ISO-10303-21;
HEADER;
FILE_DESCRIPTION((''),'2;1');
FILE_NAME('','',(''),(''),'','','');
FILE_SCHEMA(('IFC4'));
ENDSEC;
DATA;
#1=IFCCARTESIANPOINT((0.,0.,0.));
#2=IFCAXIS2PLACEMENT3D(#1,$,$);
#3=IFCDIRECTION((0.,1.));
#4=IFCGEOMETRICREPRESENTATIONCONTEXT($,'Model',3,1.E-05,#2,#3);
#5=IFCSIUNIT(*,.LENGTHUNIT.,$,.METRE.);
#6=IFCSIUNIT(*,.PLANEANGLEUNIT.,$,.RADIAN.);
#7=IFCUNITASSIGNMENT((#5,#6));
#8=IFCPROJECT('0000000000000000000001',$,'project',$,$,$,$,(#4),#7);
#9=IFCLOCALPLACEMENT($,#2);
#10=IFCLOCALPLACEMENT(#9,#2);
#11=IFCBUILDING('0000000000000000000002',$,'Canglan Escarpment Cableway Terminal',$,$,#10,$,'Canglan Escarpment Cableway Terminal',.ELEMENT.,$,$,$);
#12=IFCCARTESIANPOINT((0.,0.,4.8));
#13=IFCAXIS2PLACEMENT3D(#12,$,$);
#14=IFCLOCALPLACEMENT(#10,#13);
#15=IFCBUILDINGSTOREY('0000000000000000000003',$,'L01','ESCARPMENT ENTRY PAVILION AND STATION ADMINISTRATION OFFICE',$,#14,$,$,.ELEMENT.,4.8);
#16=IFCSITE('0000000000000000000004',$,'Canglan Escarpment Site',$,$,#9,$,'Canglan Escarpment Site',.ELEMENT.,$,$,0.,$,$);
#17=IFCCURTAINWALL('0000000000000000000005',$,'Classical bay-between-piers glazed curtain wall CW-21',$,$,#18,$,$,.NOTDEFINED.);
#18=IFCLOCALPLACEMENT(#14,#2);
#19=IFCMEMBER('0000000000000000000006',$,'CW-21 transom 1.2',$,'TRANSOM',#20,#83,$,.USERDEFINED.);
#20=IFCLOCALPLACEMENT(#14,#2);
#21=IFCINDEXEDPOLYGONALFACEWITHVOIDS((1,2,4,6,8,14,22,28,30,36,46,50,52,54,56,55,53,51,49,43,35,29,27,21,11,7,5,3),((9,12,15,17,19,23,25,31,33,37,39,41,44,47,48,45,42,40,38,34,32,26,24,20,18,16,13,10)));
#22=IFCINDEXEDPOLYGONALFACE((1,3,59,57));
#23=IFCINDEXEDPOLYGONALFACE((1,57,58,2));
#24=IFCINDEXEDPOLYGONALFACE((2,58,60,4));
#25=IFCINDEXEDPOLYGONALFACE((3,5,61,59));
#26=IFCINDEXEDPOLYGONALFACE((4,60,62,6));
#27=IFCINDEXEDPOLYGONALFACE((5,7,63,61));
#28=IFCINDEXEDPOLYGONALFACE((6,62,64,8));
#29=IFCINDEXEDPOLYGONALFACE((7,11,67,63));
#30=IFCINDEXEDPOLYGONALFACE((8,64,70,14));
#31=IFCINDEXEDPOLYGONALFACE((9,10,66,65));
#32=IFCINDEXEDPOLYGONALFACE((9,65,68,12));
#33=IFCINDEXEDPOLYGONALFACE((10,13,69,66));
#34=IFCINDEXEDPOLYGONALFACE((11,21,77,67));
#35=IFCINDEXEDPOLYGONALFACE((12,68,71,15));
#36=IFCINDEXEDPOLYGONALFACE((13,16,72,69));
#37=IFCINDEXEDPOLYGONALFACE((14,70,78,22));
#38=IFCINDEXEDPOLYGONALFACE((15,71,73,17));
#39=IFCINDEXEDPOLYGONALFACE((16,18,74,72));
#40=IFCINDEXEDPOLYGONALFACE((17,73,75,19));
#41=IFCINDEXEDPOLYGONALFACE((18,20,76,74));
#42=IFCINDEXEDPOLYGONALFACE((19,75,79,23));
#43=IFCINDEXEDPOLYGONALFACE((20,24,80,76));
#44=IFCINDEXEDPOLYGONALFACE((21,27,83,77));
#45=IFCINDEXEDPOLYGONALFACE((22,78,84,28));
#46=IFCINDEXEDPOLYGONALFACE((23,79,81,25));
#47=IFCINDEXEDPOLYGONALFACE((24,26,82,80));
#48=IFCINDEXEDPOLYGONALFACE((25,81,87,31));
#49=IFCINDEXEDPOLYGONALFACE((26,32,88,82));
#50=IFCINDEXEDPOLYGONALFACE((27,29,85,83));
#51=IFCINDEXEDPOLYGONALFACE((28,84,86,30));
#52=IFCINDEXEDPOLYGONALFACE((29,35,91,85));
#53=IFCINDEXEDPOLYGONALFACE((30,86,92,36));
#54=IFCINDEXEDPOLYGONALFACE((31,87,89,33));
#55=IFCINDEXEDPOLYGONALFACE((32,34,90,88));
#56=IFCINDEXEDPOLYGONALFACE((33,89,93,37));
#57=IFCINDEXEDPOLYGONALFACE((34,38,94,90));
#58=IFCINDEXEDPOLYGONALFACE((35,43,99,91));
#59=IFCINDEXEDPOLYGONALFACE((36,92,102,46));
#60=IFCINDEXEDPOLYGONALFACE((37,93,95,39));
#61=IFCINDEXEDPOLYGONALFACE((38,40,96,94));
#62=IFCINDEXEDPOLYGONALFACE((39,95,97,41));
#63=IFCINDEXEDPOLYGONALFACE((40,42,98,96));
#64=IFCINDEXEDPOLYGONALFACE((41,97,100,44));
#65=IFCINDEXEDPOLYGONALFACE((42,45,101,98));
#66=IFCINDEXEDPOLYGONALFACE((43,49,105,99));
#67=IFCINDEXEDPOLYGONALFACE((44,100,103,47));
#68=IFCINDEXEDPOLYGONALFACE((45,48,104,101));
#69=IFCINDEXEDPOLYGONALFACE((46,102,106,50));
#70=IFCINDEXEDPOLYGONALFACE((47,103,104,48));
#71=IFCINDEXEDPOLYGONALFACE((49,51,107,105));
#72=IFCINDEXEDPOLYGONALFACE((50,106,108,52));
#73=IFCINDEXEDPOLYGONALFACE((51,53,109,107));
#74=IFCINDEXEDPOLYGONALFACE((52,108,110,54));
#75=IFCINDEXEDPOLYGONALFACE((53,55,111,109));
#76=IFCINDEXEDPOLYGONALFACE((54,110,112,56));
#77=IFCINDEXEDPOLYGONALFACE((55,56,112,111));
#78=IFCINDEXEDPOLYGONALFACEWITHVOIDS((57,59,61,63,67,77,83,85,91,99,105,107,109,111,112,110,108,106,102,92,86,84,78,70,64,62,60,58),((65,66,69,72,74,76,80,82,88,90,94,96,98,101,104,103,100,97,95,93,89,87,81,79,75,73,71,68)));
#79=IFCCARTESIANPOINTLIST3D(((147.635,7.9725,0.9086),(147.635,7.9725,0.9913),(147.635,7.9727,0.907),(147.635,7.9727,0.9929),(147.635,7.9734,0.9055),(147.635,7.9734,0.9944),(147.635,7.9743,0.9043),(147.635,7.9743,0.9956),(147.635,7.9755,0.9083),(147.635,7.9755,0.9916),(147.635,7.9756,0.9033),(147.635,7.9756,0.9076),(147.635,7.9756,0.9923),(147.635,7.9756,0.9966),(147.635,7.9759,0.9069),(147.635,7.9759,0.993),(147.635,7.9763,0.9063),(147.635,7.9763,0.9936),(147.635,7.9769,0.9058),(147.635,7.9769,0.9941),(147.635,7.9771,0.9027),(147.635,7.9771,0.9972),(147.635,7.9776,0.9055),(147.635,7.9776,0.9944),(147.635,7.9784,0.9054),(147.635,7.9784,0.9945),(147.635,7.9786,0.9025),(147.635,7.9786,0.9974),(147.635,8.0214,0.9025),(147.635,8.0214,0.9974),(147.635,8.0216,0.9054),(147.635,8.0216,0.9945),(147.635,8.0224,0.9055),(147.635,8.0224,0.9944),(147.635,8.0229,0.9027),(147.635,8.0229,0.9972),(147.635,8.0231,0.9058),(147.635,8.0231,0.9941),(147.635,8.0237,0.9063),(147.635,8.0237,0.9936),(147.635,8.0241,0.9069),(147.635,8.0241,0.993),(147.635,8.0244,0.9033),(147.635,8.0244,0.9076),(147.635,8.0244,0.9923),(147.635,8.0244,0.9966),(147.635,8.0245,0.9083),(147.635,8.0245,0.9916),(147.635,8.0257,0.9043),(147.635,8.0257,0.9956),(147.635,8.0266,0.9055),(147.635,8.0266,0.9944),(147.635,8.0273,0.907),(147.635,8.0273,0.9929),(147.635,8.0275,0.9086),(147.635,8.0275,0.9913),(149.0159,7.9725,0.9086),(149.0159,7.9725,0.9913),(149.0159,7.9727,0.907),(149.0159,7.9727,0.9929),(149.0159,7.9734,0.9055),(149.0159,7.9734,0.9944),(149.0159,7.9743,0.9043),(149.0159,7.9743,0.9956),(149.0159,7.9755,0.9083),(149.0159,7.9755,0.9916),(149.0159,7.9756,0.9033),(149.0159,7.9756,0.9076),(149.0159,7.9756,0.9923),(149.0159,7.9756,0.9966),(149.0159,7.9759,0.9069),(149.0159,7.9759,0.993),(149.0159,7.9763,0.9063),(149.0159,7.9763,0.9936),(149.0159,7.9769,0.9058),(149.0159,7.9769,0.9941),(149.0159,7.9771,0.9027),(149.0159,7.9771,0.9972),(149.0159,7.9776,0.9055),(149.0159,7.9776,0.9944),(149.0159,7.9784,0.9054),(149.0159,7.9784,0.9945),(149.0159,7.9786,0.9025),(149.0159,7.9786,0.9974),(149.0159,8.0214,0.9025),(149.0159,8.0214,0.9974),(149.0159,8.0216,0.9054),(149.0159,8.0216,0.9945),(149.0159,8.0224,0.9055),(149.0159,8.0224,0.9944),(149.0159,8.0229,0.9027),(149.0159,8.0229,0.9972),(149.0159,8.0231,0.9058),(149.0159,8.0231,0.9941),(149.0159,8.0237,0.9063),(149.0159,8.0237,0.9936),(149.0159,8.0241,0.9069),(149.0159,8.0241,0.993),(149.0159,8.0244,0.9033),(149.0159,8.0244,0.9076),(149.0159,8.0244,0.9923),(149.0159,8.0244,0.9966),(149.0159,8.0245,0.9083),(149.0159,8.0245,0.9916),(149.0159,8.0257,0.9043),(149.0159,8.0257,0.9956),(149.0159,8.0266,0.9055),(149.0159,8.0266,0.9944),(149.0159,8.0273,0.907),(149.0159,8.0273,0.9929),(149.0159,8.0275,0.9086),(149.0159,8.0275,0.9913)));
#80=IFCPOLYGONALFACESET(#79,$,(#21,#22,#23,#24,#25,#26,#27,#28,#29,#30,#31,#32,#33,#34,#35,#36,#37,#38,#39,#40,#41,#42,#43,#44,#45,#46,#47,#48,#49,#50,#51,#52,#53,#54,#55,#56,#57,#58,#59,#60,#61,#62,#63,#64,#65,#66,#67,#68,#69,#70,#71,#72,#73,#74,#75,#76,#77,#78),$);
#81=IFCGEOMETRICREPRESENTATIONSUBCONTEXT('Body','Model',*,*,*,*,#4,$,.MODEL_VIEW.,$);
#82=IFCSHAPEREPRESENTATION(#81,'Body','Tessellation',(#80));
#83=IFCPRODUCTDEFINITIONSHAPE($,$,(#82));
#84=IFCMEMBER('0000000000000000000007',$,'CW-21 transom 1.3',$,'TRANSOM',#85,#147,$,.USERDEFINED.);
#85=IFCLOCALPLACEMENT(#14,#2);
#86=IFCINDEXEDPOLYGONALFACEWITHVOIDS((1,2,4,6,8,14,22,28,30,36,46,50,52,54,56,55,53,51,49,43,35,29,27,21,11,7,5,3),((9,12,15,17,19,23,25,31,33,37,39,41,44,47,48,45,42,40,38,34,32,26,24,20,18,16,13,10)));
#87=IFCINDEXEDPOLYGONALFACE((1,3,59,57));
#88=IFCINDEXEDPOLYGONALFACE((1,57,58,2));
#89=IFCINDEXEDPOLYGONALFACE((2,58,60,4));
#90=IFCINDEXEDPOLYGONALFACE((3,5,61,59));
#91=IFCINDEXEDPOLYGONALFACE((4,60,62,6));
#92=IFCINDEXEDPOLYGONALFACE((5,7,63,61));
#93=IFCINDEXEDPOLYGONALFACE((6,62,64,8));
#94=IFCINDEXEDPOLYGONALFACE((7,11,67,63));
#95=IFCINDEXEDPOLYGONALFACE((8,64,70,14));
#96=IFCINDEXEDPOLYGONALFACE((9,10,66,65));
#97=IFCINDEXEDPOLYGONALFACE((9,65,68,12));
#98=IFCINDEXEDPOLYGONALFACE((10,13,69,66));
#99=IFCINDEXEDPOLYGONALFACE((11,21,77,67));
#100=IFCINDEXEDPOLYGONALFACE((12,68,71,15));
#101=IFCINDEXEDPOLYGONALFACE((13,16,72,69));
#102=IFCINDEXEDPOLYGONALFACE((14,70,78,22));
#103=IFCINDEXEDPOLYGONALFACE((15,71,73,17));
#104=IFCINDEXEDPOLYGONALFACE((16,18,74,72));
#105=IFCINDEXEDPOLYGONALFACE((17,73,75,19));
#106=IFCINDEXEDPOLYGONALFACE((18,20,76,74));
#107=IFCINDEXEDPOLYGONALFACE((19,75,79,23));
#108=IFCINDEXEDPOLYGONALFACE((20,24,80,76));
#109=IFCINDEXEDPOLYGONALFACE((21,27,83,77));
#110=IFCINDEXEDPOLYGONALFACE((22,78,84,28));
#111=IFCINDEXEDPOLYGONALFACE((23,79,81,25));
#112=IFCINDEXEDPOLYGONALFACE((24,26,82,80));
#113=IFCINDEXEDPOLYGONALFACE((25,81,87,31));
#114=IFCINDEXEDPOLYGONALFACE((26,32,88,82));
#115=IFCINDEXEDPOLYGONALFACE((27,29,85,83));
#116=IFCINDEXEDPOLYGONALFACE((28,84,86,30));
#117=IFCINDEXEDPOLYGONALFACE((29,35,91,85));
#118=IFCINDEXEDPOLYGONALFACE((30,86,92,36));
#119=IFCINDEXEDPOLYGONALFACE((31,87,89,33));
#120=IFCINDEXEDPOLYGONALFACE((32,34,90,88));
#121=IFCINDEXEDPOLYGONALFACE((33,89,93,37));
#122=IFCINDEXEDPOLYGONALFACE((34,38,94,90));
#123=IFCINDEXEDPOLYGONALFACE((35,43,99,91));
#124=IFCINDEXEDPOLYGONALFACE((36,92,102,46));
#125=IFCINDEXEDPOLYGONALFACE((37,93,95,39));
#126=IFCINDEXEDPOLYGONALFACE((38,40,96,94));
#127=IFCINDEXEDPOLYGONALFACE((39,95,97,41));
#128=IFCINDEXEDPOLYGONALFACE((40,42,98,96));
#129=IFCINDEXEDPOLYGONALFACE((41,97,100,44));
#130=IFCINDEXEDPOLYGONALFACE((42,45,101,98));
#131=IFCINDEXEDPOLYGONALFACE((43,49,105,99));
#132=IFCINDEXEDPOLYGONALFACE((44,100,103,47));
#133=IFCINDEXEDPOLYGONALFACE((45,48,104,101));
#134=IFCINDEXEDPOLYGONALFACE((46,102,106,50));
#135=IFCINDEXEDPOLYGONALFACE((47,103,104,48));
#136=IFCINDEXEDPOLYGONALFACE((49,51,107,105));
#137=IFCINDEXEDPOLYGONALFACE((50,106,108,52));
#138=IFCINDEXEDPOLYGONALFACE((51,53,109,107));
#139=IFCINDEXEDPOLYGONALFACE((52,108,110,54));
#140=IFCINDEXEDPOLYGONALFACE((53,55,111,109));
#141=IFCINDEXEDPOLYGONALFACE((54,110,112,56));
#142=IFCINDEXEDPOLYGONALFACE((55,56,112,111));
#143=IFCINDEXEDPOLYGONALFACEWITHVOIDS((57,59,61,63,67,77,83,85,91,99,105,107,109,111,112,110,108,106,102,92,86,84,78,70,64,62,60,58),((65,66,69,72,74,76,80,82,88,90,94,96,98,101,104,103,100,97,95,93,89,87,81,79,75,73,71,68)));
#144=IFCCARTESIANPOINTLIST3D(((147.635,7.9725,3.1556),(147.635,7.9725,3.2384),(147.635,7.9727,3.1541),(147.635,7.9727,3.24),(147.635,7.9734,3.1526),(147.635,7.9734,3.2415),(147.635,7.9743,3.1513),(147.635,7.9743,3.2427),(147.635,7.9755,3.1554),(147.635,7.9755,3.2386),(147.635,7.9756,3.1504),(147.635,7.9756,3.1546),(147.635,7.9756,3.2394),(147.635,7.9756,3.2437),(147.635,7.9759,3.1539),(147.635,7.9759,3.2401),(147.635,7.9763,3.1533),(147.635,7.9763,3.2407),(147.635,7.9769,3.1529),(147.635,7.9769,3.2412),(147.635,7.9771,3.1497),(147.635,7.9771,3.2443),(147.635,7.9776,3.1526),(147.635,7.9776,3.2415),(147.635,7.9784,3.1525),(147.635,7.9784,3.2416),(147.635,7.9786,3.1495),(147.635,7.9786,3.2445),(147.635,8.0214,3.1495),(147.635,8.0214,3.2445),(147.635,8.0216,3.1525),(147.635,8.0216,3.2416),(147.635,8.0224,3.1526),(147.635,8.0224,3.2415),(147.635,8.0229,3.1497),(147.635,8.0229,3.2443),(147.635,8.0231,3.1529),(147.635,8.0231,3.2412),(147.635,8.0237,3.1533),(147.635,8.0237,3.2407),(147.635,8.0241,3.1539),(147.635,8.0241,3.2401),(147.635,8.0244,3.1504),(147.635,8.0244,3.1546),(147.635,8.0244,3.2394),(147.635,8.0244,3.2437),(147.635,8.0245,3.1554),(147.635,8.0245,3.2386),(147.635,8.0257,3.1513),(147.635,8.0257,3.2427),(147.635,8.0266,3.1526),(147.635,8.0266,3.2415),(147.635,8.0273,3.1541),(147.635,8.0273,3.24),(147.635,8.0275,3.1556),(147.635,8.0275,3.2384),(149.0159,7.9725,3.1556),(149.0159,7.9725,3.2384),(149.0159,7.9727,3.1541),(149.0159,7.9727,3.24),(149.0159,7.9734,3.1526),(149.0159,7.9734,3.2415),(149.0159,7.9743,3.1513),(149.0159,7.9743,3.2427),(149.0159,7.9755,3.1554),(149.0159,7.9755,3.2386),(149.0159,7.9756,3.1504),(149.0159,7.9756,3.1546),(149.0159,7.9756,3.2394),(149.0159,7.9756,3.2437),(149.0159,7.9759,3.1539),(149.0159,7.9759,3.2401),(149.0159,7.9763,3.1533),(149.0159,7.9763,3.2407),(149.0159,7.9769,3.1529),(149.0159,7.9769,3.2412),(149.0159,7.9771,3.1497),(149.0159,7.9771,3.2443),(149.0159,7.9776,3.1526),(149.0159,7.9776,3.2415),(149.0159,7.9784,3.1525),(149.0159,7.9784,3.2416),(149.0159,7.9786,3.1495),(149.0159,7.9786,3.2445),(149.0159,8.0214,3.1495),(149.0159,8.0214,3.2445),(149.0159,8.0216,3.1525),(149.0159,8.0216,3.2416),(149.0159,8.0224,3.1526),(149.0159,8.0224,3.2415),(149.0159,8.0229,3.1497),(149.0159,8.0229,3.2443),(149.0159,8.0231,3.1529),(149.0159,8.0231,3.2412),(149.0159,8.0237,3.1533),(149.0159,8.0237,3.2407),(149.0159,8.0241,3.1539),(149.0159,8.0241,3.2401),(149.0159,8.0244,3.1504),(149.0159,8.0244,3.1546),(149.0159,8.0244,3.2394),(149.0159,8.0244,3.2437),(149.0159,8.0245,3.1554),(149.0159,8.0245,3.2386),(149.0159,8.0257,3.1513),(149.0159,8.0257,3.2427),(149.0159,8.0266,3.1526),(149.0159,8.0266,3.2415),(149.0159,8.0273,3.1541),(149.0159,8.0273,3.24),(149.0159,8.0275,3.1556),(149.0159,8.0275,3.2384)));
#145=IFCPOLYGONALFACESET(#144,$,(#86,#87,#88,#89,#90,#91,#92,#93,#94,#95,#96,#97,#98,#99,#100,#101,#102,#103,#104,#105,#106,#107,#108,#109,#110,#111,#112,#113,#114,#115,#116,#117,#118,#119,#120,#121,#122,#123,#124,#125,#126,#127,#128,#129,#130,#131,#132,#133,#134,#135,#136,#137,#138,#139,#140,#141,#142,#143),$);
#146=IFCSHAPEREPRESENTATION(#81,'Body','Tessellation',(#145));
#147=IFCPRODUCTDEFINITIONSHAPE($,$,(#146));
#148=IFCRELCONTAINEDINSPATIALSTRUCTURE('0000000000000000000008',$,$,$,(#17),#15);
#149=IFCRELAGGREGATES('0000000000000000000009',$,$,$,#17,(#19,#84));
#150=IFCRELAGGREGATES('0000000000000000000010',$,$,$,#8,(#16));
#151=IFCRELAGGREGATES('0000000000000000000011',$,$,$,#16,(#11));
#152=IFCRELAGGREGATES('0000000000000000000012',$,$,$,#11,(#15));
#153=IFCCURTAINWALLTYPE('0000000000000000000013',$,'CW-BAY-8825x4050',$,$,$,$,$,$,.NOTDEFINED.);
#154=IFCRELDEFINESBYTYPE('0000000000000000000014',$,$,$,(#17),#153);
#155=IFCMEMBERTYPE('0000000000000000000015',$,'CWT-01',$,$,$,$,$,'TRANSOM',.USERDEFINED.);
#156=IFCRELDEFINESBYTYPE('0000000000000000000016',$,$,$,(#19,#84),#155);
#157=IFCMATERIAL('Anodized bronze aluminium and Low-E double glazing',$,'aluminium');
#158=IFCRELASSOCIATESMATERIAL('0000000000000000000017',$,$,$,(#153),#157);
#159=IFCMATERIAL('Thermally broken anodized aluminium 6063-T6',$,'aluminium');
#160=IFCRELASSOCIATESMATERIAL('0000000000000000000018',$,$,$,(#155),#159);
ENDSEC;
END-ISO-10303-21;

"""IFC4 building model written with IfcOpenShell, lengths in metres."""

from ifc_helpers import new_model, si_unit, direction, frame, origin, origin_2d, place, context, subcontext, project, spatial, hollow_rectangle, extrude, material, material_profile, profile_set, type_object, element, aggregate, save


model = new_model("IFC4")

# Units and contexts
model_context = context("Model", 3, precision=1e-05, world=origin(), true_north=direction((0.0, 1.0)))
body_context = subcontext(model_context, "Body", "Model", "MODEL_VIEW")
ifc_project = project(units=[si_unit("LENGTHUNIT", "METRE"), si_unit("PLANEANGLEUNIT", "RADIAN")], contexts=[model_context])

# Site, building, storey
site_placement = place(None, origin())
site = spatial("IfcSite", under=ifc_project, at=site_placement, Name="Canglan Escarpment Site", LongName="Canglan Escarpment Site", CompositionType="ELEMENT", RefElevation=0.0)
building_placement = place(site_placement, origin())
building = spatial("IfcBuilding", under=site, at=building_placement, Name="Canglan Escarpment Cableway Terminal", LongName="Canglan Escarpment Cableway Terminal", CompositionType="ELEMENT")
storey_placement = place(building_placement, frame((0.0, 0.0, 4.8)))
storey = spatial("IfcBuildingStorey", under=building, at=storey_placement, Name="L01", Description="ESCARPMENT ENTRY PAVILION AND STATION ADMINISTRATION OFFICE", CompositionType="ELEMENT", Elevation=4.8)

# Curtain wall, members
ifc_material_1 = material(Name="Anodized bronze aluminium and Low-E double glazing", Category="aluminium")
curtain_wall_type = type_object("IfcCurtainWallType", Name="CW-BAY-8825x4050", PredefinedType="NOTDEFINED", material=ifc_material_1)
curtain_wall_placement = place(storey_placement, origin())
curtain_wall = element("IfcCurtainWall", 1, at=curtain_wall_placement, inside=storey, type_object=curtain_wall_type, Name="Classical bay-between-piers glazed curtain wall CW-21", PredefinedType="NOTDEFINED")
ifc_material_2 = material(Name="Thermally broken anodized aluminium 6063-T6", Category="aluminium")
ifc_material_profile_1 = material_profile(ifc_material_2, hollow_rectangle(XDim=0.0549, YDim=0.095, WallThickness=0.0029, InnerFilletRadius=0.0029, OuterFilletRadius=0.0061, at=origin_2d()), Name="ALU-TRAN 55x95x3")
ifc_profile_set_1 = profile_set([ifc_material_profile_1], Name="Thermally broken anodized aluminium 6063-T6")
member_type_1 = type_object("IfcMemberType", Name="CWT-01", ElementType="TRANSOM", PredefinedType="USERDEFINED", material=ifc_profile_set_1)
member_1_placement = place(storey_placement, frame((147.635, 8.0, 0.95), z_axis=(1.0, 0.0, 0.0), x_axis=(0.0, 1.0, 0.0)))
member_1 = element("IfcMember", 2, at=member_1_placement, type_object=member_type_1, Name="CW-21 transom 1.2", ObjectType="TRANSOM", PredefinedType="USERDEFINED", context=body_context, shape_type="SweptSolid", body=[
    extrude(hollow_rectangle(XDim=0.0549, YDim=0.095, WallThickness=0.0029, InnerFilletRadius=0.0029, OuterFilletRadius=0.0061, at=origin_2d()), origin(), (0.0, 0.0, 1.0), 1.3809),
])
member_2_placement = place(storey_placement, frame((147.635, 8.0, 3.197), z_axis=(1.0, 0.0, 0.0), x_axis=(0.0, 1.0, 0.0)))
member_2 = element("IfcMember", 3, at=member_2_placement, type_object=member_type_1, Name="CW-21 transom 1.3", ObjectType="TRANSOM", PredefinedType="USERDEFINED", context=body_context, shape_type="SweptSolid", body=[
    extrude(hollow_rectangle(XDim=0.0549, YDim=0.095, WallThickness=0.0029, InnerFilletRadius=0.0029, OuterFilletRadius=0.0061, at=origin_2d()), origin(), (0.0, 0.0, 1.0), 1.3809),
])
aggregate(curtain_wall, [member_1, member_2])

save(model, "model.ifc")
